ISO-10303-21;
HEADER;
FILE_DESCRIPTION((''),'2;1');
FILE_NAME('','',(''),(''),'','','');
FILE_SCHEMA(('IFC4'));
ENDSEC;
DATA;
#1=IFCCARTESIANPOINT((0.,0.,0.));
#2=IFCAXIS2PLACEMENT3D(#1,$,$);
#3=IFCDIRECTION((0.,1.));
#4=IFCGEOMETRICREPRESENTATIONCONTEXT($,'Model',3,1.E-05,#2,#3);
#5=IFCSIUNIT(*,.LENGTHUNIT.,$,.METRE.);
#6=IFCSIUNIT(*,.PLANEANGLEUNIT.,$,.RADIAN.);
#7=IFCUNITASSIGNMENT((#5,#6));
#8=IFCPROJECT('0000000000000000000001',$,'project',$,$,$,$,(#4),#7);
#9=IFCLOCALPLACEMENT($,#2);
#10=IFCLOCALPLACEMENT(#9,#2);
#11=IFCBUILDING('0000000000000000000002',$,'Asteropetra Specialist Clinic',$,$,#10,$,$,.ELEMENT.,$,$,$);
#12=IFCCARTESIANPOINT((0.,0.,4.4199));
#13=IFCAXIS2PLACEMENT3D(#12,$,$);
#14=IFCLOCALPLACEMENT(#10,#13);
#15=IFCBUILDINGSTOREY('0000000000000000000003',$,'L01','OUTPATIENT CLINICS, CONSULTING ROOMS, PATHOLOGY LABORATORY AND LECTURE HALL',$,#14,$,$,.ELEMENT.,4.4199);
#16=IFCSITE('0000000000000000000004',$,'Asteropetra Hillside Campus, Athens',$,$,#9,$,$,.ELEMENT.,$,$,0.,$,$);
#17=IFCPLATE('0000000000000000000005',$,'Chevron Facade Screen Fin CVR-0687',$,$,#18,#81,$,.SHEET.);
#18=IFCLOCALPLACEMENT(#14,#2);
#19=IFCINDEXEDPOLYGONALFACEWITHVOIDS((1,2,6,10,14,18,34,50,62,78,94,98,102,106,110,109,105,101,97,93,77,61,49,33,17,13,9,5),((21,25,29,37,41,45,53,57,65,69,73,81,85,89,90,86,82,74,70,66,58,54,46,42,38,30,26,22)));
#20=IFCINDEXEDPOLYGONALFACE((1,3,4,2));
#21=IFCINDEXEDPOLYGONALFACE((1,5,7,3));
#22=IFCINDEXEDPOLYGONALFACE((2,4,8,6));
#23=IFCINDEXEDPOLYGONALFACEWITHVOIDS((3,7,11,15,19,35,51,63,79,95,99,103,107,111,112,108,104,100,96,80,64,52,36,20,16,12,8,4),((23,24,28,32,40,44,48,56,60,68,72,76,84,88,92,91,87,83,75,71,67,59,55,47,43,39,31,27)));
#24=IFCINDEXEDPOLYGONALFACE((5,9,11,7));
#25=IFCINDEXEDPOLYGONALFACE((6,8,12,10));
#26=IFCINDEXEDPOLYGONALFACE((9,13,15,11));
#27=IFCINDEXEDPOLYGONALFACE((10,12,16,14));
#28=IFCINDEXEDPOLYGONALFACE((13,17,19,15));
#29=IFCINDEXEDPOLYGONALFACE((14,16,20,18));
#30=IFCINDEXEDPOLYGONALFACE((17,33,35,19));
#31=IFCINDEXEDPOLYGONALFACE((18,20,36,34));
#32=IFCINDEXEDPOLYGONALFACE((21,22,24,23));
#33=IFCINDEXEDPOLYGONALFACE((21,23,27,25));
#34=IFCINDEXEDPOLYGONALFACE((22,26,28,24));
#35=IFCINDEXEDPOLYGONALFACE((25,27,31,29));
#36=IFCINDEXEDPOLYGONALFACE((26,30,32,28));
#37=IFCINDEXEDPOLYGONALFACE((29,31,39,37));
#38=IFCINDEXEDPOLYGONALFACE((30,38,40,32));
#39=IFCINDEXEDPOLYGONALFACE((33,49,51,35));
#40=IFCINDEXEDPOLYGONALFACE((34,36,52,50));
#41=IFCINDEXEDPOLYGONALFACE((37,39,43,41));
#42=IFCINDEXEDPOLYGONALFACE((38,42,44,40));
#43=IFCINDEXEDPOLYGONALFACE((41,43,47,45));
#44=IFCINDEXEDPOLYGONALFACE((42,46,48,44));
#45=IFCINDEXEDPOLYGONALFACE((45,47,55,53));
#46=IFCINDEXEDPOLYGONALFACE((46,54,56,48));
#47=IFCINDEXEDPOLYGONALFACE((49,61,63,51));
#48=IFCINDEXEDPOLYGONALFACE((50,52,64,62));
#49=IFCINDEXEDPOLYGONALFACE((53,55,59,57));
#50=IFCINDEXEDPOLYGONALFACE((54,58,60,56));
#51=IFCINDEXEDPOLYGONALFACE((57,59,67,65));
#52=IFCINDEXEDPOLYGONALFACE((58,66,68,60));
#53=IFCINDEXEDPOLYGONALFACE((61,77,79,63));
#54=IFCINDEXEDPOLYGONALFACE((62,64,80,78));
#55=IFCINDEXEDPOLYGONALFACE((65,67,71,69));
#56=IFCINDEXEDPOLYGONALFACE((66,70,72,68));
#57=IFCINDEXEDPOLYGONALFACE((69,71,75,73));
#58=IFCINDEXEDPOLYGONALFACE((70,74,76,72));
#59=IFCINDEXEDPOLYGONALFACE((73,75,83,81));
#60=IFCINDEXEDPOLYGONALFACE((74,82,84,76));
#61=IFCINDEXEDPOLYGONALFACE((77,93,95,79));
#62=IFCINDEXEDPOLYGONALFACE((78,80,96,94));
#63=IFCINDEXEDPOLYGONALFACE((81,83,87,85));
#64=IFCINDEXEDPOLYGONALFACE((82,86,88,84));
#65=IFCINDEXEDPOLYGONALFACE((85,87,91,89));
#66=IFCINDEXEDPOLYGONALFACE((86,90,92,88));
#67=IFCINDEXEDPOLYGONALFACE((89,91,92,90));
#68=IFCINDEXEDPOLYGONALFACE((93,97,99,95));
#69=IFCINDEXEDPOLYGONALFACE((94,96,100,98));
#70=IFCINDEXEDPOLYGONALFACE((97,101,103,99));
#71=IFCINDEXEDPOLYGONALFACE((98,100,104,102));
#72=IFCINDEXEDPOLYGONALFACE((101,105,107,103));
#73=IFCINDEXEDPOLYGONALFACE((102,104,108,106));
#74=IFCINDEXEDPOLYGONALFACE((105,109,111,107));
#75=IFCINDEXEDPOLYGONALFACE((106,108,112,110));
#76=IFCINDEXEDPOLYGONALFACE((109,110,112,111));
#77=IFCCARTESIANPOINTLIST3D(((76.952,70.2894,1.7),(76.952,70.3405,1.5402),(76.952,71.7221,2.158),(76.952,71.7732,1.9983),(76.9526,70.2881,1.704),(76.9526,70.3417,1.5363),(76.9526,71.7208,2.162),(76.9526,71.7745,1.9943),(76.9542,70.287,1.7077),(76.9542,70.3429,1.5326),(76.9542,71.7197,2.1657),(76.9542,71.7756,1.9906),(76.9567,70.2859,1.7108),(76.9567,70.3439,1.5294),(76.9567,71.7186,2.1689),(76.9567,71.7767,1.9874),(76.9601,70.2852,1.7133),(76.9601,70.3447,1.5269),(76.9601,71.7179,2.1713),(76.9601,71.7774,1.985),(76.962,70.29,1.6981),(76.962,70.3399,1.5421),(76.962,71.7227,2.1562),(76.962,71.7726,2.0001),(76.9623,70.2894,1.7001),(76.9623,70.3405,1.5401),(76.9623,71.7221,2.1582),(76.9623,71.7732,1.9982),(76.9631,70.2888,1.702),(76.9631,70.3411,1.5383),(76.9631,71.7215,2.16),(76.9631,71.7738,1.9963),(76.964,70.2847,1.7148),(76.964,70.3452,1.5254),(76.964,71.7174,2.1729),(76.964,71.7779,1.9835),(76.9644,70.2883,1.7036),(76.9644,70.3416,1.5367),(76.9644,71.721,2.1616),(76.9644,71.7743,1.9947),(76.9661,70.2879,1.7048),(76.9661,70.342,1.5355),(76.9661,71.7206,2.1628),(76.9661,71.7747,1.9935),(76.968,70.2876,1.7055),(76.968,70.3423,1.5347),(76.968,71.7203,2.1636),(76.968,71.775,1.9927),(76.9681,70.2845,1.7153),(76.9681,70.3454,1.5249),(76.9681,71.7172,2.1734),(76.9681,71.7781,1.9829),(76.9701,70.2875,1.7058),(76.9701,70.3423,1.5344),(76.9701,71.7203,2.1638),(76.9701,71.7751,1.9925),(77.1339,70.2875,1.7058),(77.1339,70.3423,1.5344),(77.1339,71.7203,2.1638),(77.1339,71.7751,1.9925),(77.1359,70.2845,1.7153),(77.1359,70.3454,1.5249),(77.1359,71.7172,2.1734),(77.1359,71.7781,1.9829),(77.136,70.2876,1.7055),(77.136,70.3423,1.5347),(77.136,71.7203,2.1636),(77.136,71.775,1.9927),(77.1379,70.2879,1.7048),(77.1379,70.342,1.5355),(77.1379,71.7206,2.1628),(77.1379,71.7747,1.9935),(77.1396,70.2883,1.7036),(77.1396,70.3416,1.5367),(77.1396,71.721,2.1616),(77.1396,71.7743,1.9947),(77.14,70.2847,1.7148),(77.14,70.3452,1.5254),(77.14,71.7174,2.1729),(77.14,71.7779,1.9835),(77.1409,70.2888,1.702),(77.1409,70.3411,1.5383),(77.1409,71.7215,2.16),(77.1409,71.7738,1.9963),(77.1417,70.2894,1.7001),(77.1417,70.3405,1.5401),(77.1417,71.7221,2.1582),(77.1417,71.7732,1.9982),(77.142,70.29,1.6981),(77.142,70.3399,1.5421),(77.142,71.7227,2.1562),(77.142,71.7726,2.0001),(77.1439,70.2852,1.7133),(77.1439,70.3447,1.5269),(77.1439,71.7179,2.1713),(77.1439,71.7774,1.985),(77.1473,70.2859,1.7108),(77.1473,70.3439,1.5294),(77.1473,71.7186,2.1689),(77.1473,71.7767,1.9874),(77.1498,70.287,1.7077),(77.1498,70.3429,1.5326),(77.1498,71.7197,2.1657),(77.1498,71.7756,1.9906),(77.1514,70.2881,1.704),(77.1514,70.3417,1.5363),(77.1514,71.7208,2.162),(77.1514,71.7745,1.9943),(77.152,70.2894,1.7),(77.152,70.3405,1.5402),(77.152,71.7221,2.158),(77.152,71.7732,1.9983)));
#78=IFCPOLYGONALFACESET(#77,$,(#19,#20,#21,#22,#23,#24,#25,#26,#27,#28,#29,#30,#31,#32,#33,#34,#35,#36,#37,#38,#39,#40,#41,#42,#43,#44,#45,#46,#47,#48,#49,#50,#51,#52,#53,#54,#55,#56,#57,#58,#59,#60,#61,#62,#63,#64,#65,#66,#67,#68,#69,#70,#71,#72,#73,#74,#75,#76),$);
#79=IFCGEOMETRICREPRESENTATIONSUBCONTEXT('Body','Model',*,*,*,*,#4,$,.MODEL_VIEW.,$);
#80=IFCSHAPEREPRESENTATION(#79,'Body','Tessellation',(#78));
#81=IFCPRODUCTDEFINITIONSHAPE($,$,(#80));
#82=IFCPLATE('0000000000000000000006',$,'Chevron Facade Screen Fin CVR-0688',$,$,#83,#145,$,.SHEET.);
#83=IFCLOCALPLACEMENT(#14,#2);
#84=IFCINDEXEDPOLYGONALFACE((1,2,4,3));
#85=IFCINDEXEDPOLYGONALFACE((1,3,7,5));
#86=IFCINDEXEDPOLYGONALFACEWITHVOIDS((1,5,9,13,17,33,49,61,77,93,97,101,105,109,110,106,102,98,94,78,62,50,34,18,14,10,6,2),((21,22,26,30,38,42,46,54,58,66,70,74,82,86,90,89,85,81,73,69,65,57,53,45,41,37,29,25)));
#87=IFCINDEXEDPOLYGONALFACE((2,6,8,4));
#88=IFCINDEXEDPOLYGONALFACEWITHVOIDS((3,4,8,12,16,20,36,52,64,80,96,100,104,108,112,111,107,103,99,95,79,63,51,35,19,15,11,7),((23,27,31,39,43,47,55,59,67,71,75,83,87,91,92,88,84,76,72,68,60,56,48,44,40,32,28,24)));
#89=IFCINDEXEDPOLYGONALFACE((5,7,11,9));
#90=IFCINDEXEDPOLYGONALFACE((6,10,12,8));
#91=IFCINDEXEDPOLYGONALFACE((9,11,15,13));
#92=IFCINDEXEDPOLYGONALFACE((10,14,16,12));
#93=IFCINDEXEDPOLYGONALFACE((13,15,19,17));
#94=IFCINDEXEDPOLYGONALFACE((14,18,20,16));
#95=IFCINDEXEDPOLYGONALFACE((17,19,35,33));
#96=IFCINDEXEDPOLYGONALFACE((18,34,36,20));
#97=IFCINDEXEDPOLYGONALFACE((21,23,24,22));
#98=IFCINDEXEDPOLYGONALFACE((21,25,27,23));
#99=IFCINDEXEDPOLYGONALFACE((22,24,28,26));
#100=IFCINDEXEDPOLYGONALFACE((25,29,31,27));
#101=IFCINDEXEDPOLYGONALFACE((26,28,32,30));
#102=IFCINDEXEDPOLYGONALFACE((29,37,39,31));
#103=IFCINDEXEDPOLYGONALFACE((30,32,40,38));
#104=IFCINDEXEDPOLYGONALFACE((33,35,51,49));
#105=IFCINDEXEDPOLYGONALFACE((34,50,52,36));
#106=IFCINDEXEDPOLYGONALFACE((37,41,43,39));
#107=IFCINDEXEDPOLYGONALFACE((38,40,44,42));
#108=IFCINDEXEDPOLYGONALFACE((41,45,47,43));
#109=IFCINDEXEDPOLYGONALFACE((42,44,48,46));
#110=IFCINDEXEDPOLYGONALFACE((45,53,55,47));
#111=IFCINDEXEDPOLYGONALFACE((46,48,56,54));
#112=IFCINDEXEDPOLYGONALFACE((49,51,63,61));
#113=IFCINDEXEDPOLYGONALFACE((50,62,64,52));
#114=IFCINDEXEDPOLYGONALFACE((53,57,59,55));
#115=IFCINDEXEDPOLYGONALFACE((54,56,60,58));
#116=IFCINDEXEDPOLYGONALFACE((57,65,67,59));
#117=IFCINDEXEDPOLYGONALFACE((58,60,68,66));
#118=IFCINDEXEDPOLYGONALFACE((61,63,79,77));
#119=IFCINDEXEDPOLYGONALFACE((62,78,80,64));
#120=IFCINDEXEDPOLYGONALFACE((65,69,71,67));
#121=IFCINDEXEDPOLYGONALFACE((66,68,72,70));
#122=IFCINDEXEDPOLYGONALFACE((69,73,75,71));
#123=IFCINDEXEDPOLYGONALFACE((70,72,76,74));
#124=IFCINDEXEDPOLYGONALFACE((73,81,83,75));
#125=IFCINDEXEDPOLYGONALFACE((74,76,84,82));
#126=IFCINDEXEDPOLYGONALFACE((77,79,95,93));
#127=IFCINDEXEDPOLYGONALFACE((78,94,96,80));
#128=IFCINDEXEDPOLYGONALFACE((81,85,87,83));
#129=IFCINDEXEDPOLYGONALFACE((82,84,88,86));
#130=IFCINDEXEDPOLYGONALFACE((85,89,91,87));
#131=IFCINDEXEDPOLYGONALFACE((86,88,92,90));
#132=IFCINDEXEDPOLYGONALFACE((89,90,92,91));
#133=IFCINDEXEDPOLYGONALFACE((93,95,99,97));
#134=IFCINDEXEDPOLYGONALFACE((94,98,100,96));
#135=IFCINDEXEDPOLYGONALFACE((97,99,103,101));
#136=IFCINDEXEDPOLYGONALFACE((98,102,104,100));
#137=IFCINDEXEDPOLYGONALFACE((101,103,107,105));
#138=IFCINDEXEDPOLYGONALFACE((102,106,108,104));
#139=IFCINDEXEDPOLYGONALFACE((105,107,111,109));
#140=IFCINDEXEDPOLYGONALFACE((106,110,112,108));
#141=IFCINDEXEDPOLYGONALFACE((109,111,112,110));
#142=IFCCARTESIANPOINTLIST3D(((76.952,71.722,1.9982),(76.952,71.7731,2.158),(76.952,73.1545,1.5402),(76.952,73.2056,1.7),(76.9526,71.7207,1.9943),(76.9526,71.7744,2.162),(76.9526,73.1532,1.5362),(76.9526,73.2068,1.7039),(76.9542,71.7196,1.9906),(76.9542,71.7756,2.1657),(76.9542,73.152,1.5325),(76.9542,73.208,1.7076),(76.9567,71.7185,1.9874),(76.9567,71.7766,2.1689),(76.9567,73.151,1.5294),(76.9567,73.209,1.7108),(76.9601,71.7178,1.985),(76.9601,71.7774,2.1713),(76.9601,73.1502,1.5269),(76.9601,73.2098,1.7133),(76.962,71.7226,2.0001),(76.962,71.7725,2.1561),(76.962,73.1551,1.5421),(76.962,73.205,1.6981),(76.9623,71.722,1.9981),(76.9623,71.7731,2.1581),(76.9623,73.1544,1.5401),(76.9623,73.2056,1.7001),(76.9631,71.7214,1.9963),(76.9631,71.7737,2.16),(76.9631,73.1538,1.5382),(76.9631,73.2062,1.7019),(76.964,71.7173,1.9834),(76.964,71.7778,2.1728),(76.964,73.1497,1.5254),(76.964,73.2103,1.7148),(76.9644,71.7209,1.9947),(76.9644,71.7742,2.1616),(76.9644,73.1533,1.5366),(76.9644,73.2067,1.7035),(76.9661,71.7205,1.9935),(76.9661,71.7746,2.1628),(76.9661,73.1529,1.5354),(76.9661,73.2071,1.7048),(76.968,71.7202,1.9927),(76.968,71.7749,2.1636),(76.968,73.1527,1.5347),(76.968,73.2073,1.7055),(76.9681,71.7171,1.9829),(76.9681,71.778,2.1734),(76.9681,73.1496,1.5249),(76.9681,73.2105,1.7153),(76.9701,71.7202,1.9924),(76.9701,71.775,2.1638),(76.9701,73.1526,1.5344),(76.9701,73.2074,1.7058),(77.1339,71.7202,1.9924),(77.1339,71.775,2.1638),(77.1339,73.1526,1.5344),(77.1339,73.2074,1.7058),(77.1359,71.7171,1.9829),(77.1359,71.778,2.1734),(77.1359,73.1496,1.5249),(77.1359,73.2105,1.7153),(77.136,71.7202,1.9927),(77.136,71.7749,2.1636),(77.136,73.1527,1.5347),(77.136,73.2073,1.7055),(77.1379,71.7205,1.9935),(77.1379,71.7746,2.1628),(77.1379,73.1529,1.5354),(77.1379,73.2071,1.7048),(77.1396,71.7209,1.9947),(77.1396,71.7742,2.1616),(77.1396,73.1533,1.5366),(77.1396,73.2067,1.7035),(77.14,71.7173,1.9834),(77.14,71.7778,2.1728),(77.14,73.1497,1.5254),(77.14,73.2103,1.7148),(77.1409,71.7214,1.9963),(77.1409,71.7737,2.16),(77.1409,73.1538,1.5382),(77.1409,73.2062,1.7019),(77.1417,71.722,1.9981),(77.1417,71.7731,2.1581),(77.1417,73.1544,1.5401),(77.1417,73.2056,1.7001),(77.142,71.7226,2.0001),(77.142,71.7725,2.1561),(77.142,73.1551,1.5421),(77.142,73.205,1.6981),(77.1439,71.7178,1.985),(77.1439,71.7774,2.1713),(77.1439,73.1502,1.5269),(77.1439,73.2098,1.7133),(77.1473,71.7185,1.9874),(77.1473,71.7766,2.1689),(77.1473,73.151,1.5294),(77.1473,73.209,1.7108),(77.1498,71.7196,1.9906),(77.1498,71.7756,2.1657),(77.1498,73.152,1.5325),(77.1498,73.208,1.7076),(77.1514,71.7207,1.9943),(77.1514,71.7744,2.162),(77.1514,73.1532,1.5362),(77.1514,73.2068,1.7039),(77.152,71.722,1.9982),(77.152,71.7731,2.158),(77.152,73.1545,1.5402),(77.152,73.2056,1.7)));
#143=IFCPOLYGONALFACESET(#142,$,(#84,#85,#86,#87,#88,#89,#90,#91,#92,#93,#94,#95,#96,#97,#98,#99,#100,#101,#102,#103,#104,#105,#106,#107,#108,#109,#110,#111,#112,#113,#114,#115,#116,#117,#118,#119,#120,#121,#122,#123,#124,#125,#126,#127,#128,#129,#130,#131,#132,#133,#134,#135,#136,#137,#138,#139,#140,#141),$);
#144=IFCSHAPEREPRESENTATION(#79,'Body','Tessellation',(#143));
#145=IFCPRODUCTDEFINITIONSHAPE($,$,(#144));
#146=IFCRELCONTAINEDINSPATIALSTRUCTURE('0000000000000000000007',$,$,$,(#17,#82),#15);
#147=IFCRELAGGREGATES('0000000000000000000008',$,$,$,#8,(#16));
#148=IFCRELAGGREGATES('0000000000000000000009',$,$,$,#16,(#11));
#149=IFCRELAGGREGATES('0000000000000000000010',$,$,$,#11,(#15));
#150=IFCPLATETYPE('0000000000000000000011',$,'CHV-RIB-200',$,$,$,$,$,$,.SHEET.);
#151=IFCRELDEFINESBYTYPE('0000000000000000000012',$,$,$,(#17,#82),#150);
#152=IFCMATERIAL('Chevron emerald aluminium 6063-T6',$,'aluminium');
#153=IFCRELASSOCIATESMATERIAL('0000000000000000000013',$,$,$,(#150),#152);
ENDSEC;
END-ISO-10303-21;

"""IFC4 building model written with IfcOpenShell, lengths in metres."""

from ifc_helpers import new_model, si_unit, direction, frame, origin, origin_2d, place, context, subcontext, project, spatial, hollow_rectangle, extrude, material, material_profile, profile_set, type_object, element, save


model = new_model("IFC4")

# Units and contexts
model_context = context("Model", 3, precision=1e-05, world=origin(), true_north=direction((0.0, 1.0)))
body_context = subcontext(model_context, "Body", "Model", "MODEL_VIEW")
ifc_project = project(units=[si_unit("LENGTHUNIT", "METRE"), si_unit("PLANEANGLEUNIT", "RADIAN")], contexts=[model_context])

# Site, building, storey
site_placement = place(None, origin())
site = spatial("IfcSite", under=ifc_project, at=site_placement, Name="Asteropetra Hillside Campus, Athens", CompositionType="ELEMENT", RefElevation=0.0)
building_placement = place(site_placement, origin())
building = spatial("IfcBuilding", under=site, at=building_placement, Name="Asteropetra Specialist Clinic", CompositionType="ELEMENT")
storey_placement = place(building_placement, frame((0.0, 0.0, 4.4199)))
storey = spatial("IfcBuildingStorey", under=building, at=storey_placement, Name="L01", Description="OUTPATIENT CLINICS, CONSULTING ROOMS, PATHOLOGY LABORATORY AND LECTURE HALL", CompositionType="ELEMENT", Elevation=4.4199)

# Plates
ifc_material_1 = material(Name="Chevron emerald aluminium 6063-T6", Category="aluminium")
ifc_material_profile = material_profile(ifc_material_1, hollow_rectangle(XDim=0.2, YDim=0.2, WallThickness=0.01, InnerFilletRadius=0.0081, OuterFilletRadius=0.0161, at=origin_2d()), Name="SHS 200x200x10.0")
ifc_profile_set = profile_set([ifc_material_profile], Name="Chevron emerald aluminium 6063-T6")
plate_type_1 = type_object("IfcPlateType", Name="CHV-RIB-200", PredefinedType="SHEET", material=ifc_profile_set)
plate_1_placement = place(storey_placement, frame((77.052, 70.3149, 1.6201), z_axis=(0.0, 0.952507, 0.304517), x_axis=(-1.0, 0.0, 0.0)))
element("IfcPlate", 1, at=plate_1_placement, inside=storey, type_object=plate_type_1, Name="Chevron Facade Screen Fin CVR-0687", PredefinedType="SHEET", context=body_context, shape_type="SweptSolid", body=[
    extrude(hollow_rectangle(XDim=0.2, YDim=0.2, WallThickness=0.01, InnerFilletRadius=0.0081, OuterFilletRadius=0.0161, at=origin_2d()), origin(), (0.0, 0.0, 1.0), 1.5042),
])
plate_2_placement = place(storey_placement, frame((77.052, 71.7476, 2.0781), z_axis=(0.0, 0.952492, -0.304564), x_axis=(-1.0, 0.0, 0.0)))
element("IfcPlate", 2, at=plate_2_placement, inside=storey, type_object=plate_type_1, Name="Chevron Facade Screen Fin CVR-0688", PredefinedType="SHEET", context=body_context, shape_type="SweptSolid", body=[
    extrude(hollow_rectangle(XDim=0.2, YDim=0.2, WallThickness=0.01, InnerFilletRadius=0.0081, OuterFilletRadius=0.0161, at=origin_2d()), origin(), (0.0, 0.0, 1.0), 1.5039),
])

save(model, "model.ifc")
